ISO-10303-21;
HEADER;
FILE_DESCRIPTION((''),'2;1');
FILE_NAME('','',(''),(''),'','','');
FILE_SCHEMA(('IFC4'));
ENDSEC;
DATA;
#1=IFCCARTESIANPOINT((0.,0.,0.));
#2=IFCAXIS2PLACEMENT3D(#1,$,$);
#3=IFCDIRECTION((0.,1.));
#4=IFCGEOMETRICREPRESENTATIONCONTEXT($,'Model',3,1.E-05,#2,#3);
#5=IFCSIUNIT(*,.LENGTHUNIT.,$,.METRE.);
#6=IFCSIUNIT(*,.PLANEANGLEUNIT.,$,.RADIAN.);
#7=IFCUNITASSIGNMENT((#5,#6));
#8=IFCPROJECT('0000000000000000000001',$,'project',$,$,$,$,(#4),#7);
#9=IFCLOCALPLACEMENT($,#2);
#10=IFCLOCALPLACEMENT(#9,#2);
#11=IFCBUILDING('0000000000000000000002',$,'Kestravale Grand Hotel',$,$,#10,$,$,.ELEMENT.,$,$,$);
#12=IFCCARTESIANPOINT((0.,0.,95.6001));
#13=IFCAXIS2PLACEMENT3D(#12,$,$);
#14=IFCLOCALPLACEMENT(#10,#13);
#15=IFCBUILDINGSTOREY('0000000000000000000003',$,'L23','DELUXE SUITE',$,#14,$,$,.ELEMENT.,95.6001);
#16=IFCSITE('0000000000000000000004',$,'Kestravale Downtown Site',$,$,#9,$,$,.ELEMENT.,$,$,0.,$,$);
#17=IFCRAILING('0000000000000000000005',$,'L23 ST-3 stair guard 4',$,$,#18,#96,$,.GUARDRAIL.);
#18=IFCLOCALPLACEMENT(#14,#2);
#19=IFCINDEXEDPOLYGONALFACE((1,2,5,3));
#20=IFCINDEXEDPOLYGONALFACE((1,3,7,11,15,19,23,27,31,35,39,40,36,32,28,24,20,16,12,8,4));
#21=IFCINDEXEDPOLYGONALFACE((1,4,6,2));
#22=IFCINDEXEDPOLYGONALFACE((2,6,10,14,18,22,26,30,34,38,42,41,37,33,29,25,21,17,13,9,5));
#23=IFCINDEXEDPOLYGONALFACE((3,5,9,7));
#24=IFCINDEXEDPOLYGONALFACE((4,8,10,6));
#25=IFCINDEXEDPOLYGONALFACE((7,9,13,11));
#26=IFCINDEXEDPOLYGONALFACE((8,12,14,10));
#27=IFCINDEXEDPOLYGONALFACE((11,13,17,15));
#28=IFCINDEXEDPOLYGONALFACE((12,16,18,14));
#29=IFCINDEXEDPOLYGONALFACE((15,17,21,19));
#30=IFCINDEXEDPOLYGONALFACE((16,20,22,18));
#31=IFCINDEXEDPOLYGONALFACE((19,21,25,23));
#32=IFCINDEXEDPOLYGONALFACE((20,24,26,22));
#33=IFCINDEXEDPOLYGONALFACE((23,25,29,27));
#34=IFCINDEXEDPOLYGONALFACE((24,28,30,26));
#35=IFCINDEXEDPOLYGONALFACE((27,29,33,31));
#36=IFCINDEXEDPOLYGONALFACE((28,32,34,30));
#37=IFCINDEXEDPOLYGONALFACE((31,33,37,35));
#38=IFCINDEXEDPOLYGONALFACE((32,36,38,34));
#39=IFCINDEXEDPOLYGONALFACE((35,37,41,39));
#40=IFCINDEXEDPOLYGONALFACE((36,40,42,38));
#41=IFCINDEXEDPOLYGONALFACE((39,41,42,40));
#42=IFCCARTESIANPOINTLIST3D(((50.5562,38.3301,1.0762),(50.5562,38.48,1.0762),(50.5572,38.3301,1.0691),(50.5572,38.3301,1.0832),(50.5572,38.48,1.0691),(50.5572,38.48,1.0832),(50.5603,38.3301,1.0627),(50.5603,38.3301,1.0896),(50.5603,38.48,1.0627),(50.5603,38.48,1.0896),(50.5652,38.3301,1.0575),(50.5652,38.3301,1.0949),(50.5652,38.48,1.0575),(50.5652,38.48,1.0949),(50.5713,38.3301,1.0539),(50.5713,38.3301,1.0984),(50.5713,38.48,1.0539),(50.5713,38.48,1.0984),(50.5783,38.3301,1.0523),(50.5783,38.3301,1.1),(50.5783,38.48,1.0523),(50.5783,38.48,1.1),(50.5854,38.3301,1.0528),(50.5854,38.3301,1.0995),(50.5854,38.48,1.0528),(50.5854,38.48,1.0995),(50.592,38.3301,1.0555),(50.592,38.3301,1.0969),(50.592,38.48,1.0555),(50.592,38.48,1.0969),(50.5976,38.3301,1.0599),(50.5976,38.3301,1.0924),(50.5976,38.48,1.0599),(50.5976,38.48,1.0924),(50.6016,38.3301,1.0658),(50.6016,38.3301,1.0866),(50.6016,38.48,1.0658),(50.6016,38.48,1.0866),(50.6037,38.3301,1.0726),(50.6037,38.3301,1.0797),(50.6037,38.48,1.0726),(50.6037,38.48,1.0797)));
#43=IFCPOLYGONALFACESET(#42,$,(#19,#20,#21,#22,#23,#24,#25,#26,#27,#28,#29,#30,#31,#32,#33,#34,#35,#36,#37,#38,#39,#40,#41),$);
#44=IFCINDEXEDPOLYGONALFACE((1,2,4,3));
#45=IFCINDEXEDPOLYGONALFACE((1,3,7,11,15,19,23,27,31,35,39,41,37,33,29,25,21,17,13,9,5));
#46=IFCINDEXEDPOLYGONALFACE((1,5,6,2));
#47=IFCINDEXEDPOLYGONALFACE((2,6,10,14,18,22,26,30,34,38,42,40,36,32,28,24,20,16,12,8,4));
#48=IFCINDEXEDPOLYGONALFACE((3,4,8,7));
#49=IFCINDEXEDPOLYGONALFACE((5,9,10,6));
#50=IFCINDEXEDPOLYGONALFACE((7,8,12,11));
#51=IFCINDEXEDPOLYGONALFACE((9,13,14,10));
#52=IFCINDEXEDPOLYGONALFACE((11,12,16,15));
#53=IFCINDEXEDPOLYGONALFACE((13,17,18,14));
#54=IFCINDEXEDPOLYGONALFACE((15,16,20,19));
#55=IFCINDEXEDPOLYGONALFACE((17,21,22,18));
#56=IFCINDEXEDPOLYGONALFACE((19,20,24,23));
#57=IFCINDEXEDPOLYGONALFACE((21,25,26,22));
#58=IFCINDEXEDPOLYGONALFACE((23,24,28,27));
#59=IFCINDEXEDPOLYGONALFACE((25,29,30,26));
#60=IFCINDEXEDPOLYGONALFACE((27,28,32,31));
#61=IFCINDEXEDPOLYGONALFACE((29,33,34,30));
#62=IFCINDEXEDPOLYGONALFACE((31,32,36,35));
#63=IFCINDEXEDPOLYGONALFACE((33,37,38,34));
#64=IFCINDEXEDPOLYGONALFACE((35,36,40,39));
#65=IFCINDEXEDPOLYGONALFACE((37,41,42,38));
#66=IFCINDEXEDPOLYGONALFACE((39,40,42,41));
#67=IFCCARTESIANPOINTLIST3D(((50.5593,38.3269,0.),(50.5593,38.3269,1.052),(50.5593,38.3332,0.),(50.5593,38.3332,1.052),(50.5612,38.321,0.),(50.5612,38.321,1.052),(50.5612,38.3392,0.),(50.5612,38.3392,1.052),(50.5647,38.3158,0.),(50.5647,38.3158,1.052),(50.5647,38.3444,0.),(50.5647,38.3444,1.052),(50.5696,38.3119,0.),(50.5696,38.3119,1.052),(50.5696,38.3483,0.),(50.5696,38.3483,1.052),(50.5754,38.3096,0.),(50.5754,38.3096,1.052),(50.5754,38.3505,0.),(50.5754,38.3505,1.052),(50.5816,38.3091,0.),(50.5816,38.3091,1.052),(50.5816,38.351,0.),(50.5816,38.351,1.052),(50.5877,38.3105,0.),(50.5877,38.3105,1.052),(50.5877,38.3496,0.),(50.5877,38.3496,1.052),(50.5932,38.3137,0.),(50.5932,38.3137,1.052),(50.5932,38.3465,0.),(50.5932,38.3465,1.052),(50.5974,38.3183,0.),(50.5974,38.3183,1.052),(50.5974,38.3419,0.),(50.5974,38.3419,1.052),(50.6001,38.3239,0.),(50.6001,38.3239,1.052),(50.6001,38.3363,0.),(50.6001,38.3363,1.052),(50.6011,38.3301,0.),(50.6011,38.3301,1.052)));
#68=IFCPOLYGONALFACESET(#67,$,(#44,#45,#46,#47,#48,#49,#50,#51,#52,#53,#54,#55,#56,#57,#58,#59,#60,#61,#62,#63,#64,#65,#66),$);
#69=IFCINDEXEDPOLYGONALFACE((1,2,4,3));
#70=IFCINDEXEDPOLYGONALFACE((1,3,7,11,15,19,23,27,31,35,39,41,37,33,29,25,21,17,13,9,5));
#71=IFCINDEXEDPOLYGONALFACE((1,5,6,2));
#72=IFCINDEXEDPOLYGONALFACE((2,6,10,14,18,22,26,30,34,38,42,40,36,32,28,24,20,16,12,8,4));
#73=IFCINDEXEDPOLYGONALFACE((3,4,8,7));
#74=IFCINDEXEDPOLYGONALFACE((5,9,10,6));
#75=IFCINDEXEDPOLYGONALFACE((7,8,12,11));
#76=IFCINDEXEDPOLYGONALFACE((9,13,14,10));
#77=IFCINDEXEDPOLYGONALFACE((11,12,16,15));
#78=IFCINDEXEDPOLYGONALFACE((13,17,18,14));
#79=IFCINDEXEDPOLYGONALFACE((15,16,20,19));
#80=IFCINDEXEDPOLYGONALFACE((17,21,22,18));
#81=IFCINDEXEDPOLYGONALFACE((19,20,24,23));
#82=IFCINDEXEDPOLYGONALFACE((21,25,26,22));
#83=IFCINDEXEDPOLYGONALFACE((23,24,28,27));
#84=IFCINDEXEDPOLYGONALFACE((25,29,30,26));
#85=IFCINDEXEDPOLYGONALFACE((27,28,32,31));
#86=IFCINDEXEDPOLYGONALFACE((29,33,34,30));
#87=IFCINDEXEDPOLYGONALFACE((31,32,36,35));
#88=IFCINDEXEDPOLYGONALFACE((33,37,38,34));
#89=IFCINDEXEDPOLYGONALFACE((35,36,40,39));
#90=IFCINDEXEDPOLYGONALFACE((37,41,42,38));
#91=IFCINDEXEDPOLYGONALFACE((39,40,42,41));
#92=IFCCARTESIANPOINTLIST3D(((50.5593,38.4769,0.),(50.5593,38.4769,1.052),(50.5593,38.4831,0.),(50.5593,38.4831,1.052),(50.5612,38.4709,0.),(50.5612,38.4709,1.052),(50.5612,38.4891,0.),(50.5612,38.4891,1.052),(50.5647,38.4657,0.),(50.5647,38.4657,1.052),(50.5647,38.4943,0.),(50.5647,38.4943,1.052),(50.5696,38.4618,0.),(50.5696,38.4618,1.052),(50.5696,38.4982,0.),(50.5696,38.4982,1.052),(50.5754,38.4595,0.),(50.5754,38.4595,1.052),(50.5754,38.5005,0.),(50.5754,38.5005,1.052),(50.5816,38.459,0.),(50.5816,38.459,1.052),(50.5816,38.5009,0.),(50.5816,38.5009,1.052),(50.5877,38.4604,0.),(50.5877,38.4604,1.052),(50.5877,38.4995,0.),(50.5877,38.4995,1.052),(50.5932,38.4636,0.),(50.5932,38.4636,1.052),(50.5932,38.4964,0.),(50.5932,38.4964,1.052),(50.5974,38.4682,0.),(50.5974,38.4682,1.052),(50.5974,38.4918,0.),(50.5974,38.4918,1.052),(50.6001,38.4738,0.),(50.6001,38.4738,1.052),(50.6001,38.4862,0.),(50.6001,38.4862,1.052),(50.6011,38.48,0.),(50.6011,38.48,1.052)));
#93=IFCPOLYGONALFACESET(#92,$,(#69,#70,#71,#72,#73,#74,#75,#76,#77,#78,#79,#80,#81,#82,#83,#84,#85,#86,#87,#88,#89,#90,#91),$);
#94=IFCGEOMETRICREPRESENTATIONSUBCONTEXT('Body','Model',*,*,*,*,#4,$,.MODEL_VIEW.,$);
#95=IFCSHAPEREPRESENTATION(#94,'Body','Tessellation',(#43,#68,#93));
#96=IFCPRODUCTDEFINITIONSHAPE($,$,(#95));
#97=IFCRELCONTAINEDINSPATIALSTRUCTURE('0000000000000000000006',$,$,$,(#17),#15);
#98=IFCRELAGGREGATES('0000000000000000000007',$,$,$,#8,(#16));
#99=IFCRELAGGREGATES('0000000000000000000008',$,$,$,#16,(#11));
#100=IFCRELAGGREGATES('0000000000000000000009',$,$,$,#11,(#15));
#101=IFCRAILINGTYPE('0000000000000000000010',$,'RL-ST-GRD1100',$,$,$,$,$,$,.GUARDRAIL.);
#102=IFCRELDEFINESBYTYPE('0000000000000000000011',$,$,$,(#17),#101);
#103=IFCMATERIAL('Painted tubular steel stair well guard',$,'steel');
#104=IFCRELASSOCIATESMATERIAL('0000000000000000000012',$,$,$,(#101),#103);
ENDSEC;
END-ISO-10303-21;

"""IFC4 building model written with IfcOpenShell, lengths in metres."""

from ifc_helpers import new_model, si_unit, direction, frame, origin, origin_2d, place, context, subcontext, project, spatial, circle, extrude, material, type_object, element, save


model = new_model("IFC4")

# Units and contexts
model_context = context("Model", 3, precision=1e-05, world=origin(), true_north=direction((0.0, 1.0)))
body_context = subcontext(model_context, "Body", "Model", "MODEL_VIEW")
ifc_project = project(units=[si_unit("LENGTHUNIT", "METRE"), si_unit("PLANEANGLEUNIT", "RADIAN")], contexts=[model_context])

# Site, building, storey
site_placement = place(None, origin())
site = spatial("IfcSite", under=ifc_project, at=site_placement, Name="Kestravale Downtown Site", CompositionType="ELEMENT", RefElevation=0.0)
building_placement = place(site_placement, origin())
building = spatial("IfcBuilding", under=site, at=building_placement, Name="Kestravale Grand Hotel", CompositionType="ELEMENT")
storey_placement = place(building_placement, frame((0.0, 0.0, 95.6001)))
storey = spatial("IfcBuildingStorey", under=building, at=storey_placement, Name="L23", Description="DELUXE SUITE", CompositionType="ELEMENT", Elevation=95.6001)

# Railing
ifc_material_1 = material(Name="Painted tubular steel stair well guard", Category="steel")
railing_type_1 = type_object("IfcRailingType", Name="RL-ST-GRD1100", PredefinedType="GUARDRAIL", material=ifc_material_1)
railing_1_placement = place(storey_placement, frame((50.5801, 38.3301, 0.0)))
element("IfcRailing", 1, at=railing_1_placement, inside=storey, type_object=railing_type_1, Name="L23 ST-3 stair guard 4", PredefinedType="GUARDRAIL", context=body_context, shape_type="SweptSolid", body=[
    extrude(circle(Radius=0.0239, at=origin_2d()), frame((0.0, 0.0, 1.0762), z_axis=(0.0, 1.0, 0.0), x_axis=(-1.0, 0.0, 0.0)), (0.0, 0.0, 1.0), 0.1499),
    extrude(circle(Radius=0.021, at=origin_2d()), origin(), (0.0, 0.0, 1.0), 1.052),
    extrude(circle(Radius=0.021, at=origin_2d()), frame((0.0, 0.1499, 0.0)), (0.0, 0.0, 1.0), 1.052),
])

save(model, "model.ifc")
